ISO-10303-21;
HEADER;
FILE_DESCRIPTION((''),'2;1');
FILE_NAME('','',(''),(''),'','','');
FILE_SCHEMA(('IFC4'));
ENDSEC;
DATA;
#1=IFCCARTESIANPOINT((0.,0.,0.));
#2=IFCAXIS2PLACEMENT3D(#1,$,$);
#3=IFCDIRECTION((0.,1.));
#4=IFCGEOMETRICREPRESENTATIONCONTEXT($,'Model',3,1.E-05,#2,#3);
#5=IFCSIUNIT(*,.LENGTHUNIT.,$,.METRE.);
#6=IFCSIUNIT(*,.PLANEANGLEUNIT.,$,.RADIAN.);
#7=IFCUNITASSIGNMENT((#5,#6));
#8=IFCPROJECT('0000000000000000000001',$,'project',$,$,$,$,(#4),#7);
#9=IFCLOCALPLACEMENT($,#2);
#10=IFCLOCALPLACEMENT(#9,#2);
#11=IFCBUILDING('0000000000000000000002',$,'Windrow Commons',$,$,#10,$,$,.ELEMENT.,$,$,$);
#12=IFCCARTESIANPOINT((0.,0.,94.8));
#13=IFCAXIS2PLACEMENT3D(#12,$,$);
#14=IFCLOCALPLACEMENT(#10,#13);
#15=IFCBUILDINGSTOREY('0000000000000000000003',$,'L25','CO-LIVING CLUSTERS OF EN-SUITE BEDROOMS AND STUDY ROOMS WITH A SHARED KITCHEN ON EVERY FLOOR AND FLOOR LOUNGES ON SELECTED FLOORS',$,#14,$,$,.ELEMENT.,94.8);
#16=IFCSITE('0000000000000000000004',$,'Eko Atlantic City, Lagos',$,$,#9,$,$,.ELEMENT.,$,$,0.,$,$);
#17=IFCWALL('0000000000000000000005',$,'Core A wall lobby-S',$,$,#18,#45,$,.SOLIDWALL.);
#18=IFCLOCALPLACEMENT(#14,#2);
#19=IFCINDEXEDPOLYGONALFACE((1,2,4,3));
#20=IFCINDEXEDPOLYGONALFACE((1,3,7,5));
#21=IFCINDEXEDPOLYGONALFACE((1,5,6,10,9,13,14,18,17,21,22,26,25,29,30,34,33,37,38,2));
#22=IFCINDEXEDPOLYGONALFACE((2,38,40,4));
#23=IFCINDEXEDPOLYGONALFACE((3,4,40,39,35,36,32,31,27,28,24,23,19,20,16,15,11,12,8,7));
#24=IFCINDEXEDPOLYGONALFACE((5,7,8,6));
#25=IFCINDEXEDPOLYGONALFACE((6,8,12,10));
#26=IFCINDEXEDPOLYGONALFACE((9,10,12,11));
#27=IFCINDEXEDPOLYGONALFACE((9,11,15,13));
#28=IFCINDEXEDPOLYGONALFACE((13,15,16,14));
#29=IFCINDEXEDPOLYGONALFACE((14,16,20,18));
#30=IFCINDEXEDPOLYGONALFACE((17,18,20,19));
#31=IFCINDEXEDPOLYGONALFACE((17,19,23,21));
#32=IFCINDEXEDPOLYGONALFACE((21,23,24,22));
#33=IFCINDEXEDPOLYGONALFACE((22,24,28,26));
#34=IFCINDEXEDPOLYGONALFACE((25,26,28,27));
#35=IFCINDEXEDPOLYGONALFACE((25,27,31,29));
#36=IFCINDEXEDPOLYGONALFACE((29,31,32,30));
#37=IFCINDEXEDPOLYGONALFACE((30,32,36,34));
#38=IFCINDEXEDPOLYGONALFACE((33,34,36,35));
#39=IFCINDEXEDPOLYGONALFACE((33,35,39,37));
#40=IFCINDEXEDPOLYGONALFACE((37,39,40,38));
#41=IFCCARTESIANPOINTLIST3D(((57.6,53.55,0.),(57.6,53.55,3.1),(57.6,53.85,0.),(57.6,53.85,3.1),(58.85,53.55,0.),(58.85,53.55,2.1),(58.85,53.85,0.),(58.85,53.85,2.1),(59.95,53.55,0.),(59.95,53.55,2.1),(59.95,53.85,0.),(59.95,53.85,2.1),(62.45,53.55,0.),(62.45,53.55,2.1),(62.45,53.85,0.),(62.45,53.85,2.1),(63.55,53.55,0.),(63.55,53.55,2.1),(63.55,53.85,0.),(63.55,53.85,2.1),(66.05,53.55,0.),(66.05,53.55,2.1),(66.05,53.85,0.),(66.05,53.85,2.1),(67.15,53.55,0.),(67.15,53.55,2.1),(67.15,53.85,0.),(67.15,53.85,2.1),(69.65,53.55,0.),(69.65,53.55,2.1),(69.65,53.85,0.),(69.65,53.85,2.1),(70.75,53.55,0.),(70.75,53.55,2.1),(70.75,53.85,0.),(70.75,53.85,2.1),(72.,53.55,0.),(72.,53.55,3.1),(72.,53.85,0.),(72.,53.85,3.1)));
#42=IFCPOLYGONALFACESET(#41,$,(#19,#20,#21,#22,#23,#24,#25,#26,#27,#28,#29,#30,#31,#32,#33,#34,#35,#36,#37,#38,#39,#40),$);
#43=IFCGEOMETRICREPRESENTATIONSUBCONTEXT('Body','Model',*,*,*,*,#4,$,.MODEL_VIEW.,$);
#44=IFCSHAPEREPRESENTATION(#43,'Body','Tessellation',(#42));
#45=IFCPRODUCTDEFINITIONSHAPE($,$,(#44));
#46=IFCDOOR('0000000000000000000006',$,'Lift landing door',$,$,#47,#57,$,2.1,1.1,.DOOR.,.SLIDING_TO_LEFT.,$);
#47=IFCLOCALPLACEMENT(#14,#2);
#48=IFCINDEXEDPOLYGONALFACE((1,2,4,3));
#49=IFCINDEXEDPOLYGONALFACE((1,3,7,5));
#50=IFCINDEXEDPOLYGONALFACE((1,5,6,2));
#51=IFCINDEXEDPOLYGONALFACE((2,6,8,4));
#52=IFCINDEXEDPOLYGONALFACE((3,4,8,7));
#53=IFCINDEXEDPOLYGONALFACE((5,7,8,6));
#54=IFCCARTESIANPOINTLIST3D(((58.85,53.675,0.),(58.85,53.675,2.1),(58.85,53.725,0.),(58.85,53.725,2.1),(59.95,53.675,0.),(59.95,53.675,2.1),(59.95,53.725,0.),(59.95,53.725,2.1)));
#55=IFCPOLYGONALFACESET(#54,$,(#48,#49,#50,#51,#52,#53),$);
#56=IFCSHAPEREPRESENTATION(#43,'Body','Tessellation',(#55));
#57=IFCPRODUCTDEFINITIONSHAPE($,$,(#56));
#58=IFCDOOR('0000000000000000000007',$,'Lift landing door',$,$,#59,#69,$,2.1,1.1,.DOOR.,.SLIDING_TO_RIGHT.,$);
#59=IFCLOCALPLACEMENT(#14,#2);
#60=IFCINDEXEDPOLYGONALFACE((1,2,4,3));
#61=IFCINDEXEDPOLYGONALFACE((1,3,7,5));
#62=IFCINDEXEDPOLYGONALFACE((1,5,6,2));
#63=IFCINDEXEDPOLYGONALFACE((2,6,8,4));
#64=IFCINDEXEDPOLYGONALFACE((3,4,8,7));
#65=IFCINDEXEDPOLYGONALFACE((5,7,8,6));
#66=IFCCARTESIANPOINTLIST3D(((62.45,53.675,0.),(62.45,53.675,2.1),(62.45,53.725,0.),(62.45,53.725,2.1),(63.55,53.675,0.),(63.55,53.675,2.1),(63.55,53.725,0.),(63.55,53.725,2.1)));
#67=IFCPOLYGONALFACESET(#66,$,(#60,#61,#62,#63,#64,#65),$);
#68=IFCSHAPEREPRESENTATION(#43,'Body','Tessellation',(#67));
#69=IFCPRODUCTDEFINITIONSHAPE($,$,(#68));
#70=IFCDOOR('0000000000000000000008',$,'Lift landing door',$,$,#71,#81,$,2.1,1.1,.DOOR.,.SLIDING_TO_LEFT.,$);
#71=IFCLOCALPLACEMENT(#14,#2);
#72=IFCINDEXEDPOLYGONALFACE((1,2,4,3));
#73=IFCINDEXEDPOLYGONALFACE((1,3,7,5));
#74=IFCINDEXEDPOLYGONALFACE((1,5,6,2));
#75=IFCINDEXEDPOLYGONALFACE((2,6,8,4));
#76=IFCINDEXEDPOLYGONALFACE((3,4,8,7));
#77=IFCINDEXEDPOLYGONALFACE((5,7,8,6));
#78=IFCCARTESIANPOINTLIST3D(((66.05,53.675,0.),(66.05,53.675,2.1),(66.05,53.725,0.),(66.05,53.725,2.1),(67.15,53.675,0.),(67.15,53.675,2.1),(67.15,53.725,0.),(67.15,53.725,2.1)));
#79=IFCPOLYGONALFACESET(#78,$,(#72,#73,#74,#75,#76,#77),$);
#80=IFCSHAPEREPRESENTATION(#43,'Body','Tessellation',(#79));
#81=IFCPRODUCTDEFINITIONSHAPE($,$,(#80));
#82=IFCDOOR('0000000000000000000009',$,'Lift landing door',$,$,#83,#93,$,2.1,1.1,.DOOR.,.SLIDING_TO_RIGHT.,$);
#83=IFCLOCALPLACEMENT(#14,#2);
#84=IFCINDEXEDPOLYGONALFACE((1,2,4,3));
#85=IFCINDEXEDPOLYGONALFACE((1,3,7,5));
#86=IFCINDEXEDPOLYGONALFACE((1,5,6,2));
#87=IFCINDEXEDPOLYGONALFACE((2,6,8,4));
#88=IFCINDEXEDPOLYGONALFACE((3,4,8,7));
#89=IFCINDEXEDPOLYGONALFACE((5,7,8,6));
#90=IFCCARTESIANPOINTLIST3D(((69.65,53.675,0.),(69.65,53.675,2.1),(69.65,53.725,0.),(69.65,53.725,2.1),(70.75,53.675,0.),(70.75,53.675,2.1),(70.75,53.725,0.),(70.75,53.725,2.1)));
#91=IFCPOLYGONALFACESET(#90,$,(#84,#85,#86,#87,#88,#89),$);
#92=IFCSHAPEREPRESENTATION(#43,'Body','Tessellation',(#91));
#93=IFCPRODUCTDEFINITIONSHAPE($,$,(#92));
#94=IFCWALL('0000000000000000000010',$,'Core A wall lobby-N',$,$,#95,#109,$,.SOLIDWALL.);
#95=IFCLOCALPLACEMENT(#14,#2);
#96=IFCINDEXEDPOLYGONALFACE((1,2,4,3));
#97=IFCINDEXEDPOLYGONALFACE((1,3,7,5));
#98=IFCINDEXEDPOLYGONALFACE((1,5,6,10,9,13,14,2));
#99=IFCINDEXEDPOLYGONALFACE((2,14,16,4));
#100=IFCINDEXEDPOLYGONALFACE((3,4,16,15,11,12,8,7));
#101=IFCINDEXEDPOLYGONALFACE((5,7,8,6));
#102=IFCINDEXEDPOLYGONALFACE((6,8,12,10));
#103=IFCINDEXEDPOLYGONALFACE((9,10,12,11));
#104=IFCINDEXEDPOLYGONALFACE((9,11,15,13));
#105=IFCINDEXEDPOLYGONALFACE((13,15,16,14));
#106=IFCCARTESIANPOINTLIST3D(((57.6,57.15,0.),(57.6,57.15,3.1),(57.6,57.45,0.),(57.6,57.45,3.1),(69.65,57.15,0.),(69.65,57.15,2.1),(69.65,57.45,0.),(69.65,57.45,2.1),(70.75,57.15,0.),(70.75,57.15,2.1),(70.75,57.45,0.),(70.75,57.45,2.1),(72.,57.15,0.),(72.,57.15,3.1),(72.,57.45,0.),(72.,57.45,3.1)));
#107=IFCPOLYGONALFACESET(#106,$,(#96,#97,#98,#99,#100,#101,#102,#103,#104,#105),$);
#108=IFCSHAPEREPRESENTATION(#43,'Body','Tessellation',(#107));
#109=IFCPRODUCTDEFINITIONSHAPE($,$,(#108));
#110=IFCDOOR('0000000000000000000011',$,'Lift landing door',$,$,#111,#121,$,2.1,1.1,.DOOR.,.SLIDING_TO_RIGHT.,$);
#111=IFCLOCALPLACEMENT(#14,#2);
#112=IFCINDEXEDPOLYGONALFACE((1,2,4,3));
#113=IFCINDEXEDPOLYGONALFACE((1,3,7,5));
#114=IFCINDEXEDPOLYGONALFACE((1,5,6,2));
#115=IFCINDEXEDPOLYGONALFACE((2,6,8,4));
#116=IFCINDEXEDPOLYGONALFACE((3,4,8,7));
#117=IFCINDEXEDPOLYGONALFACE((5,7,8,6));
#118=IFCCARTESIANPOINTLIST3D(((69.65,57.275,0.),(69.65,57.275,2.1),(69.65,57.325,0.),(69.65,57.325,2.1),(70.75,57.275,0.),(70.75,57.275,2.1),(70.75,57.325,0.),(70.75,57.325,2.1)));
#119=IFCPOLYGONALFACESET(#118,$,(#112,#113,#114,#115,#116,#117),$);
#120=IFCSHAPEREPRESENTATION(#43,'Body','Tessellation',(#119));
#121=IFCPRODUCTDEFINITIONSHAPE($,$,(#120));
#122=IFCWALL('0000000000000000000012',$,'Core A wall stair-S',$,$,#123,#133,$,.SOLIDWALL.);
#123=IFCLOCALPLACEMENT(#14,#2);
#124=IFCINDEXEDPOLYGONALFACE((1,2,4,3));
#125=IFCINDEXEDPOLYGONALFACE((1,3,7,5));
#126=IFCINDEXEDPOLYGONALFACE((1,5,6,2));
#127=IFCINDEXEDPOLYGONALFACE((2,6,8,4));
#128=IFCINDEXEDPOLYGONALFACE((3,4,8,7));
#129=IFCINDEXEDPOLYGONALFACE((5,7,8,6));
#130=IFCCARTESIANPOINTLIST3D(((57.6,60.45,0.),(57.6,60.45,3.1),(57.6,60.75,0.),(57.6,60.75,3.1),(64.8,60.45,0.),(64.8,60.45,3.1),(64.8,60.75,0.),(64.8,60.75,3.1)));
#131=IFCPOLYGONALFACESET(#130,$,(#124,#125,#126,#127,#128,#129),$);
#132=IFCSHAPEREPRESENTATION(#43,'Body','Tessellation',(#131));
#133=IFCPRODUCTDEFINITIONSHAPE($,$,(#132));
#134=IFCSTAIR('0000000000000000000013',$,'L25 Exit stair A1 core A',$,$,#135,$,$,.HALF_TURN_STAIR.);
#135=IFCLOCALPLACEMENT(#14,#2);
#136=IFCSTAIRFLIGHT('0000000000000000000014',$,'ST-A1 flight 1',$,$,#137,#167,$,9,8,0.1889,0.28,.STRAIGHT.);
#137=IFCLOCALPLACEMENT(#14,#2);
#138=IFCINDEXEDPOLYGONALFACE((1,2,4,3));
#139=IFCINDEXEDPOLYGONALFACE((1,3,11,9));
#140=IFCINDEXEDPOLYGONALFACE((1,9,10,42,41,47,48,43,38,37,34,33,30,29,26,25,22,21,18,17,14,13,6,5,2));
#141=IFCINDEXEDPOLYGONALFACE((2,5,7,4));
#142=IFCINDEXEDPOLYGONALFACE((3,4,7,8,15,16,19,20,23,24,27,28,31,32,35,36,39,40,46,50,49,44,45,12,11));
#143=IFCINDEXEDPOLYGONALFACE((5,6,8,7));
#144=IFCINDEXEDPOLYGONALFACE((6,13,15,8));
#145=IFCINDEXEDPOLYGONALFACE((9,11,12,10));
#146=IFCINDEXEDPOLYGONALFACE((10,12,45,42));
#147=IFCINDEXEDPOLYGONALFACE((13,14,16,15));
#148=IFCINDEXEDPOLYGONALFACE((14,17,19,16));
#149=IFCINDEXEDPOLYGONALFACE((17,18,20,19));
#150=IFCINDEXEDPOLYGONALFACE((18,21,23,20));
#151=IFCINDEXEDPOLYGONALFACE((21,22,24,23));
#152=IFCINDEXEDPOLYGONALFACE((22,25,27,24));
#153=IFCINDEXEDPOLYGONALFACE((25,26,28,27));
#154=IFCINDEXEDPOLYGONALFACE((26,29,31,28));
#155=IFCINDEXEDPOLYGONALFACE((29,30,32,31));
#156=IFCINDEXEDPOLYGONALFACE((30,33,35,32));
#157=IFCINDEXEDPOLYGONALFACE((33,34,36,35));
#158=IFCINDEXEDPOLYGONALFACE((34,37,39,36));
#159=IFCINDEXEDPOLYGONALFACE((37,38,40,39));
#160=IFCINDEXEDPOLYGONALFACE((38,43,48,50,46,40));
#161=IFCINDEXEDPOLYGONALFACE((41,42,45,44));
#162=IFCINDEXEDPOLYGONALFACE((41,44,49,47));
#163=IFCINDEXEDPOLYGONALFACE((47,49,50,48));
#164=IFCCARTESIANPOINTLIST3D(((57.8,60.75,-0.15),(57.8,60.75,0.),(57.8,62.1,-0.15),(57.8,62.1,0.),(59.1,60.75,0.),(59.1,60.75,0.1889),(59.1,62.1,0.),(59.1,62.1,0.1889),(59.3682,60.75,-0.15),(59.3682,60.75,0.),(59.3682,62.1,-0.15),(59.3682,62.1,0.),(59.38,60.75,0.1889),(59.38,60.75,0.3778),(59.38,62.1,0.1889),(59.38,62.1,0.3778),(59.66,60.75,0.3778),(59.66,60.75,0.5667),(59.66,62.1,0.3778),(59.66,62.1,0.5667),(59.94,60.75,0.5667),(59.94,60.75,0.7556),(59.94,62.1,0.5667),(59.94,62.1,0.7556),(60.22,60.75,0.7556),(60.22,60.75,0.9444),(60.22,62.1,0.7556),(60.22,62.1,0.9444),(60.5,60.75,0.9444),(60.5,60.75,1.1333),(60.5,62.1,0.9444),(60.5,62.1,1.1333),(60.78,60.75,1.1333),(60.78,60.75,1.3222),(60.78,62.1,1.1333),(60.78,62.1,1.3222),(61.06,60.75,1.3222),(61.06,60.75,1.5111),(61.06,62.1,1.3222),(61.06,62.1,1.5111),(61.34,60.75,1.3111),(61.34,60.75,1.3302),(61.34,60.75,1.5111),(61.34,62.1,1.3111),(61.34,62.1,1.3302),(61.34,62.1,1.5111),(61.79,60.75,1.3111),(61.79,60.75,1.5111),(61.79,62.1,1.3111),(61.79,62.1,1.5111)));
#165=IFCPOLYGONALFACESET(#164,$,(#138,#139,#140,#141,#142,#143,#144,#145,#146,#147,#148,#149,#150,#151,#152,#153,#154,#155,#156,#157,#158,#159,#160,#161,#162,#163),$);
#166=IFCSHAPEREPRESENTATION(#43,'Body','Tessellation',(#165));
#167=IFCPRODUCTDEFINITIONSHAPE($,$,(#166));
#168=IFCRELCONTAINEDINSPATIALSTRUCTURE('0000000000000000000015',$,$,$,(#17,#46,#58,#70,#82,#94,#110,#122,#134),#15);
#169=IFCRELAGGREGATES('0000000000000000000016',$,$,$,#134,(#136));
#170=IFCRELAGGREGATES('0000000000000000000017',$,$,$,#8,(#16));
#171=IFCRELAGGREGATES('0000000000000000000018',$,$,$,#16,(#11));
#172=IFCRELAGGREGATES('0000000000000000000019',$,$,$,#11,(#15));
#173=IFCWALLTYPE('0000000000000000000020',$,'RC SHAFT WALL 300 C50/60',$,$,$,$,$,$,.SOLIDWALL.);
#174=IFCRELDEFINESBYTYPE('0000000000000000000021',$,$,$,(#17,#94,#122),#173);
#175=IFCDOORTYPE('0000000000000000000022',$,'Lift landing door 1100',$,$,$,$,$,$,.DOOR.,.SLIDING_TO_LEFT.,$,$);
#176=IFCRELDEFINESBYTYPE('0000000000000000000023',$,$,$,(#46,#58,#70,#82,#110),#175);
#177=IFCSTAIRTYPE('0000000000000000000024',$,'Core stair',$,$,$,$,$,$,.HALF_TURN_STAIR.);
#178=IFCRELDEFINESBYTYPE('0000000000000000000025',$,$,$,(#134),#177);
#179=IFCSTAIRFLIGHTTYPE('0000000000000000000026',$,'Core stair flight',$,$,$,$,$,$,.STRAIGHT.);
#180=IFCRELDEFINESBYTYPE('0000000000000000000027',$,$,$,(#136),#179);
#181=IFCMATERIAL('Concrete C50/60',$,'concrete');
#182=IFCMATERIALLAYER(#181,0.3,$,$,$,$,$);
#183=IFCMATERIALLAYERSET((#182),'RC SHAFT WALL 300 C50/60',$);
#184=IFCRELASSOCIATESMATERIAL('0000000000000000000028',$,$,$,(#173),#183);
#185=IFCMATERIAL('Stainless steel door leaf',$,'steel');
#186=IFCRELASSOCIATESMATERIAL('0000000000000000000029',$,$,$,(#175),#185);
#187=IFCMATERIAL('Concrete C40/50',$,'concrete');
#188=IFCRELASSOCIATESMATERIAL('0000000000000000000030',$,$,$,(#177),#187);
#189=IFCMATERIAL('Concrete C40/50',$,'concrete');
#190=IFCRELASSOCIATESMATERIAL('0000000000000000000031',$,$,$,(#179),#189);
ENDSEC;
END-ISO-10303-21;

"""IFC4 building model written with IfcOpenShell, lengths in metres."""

from ifc_helpers import new_model, si_unit, direction, frame, frame_2d, origin, place, context, subcontext, project, spatial, polyline, rectangle, outline, extrude, material, layer, layer_set, type_object, element, fill, aggregate, save


model = new_model("IFC4")

# Units and contexts
model_context = context("Model", 3, precision=1e-05, world=origin(), true_north=direction((0.0, 1.0)))
body_context = subcontext(model_context, "Body", "Model", "MODEL_VIEW")
ifc_project = project(units=[si_unit("LENGTHUNIT", "METRE"), si_unit("PLANEANGLEUNIT", "RADIAN")], contexts=[model_context])

# Site, building, storey
site_placement = place(None, origin())
site = spatial("IfcSite", under=ifc_project, at=site_placement, Name="Eko Atlantic City, Lagos", CompositionType="ELEMENT", RefElevation=0.0)
building_placement = place(site_placement, origin())
building = spatial("IfcBuilding", under=site, at=building_placement, Name="Windrow Commons", CompositionType="ELEMENT")
storey_placement = place(building_placement, frame((0.0, 0.0, 94.8)))
storey = spatial("IfcBuildingStorey", under=building, at=storey_placement, Name="L25", Description="CO-LIVING CLUSTERS OF EN-SUITE BEDROOMS AND STUDY ROOMS WITH A SHARED KITCHEN ON EVERY FLOOR AND FLOOR LOUNGES ON SELECTED FLOORS", CompositionType="ELEMENT", Elevation=94.8)

# Wall, openings, doors
ifc_material_1 = material(Name="Concrete C50/60", Category="concrete")
ifc_layer_1 = layer(ifc_material_1, 0.3)
ifc_layer_set_1 = layer_set([ifc_layer_1], Name="RC SHAFT WALL 300 C50/60")
wall_type_1 = type_object("IfcWallType", Name="RC SHAFT WALL 300 C50/60", PredefinedType="SOLIDWALL", material=ifc_layer_set_1)
wall_1_placement = place(storey_placement, frame((57.6, 53.7, 0.0), z_axis=(0.0, 0.0, 1.0), x_axis=(1.0, 0.0, 0.0)))
wall_1 = element("IfcWall", 1, at=wall_1_placement, inside=storey, type_object=wall_type_1, Name="Core A wall lobby-S", PredefinedType="SOLIDWALL", context=body_context, shape_type="SweptSolid", body=[
    extrude(rectangle(XDim=14.4, YDim=0.3, at=frame_2d((7.2, 0.0))), origin(), (0.0, 0.0, 1.0), 3.1),
])
opening_1_placement = place(wall_1_placement, frame((1.25, 0.0, 0.0)))
opening_1 = element("IfcOpeningElement", 2, at=opening_1_placement, cuts=wall_1, PredefinedType="OPENING", context=body_context, shape_type="SweptSolid", body=[
    extrude(rectangle(XDim=1.1, YDim=2.1, at=frame_2d((0.55, 1.05))), frame((0.0, 0.16, 0.0), z_axis=(0.0, -1.0, 0.0), x_axis=(1.0, 0.0, 0.0)), (0.0, 0.0, 1.0), 0.32),
])
opening_2_placement = place(wall_1_placement, frame((4.85, 0.0, 0.0)))
opening_2 = element("IfcOpeningElement", 3, at=opening_2_placement, cuts=wall_1, PredefinedType="OPENING", context=body_context, shape_type="SweptSolid", body=[
    extrude(rectangle(XDim=1.1, YDim=2.1, at=frame_2d((0.55, 1.05))), frame((0.0, 0.16, 0.0), z_axis=(0.0, -1.0, 0.0), x_axis=(1.0, 0.0, 0.0)), (0.0, 0.0, 1.0), 0.32),
])
opening_3_placement = place(wall_1_placement, frame((8.45, 0.0, 0.0)))
opening_3 = element("IfcOpeningElement", 4, at=opening_3_placement, cuts=wall_1, PredefinedType="OPENING", context=body_context, shape_type="SweptSolid", body=[
    extrude(rectangle(XDim=1.1, YDim=2.1, at=frame_2d((0.55, 1.05))), frame((0.0, 0.16, 0.0), z_axis=(0.0, -1.0, 0.0), x_axis=(1.0, 0.0, 0.0)), (0.0, 0.0, 1.0), 0.32),
])
opening_4_placement = place(wall_1_placement, frame((12.05, 0.0, 0.0)))
opening_4 = element("IfcOpeningElement", 5, at=opening_4_placement, cuts=wall_1, PredefinedType="OPENING", context=body_context, shape_type="SweptSolid", body=[
    extrude(rectangle(XDim=1.1, YDim=2.1, at=frame_2d((0.55, 1.05))), frame((0.0, 0.16, 0.0), z_axis=(0.0, -1.0, 0.0), x_axis=(1.0, 0.0, 0.0)), (0.0, 0.0, 1.0), 0.32),
])
ifc_material_2 = material(Name="Stainless steel door leaf", Category="steel")
door_type_1 = type_object("IfcDoorType", Name="Lift landing door 1100", OperationType="SLIDING_TO_LEFT", PredefinedType="DOOR", material=ifc_material_2)
door_1_placement = place(opening_1_placement, origin())
door_1 = element("IfcDoor", 6, at=door_1_placement, inside=storey, type_object=door_type_1, Name="Lift landing door", OperationType="SLIDING_TO_LEFT", OverallHeight=2.1, OverallWidth=1.1, PredefinedType="DOOR", context=body_context, shape_type="SweptSolid", body=[
    extrude(rectangle(XDim=1.1, YDim=2.1, at=frame_2d((0.55, 1.05))), frame((0.0, 0.025, 0.0), z_axis=(0.0, -1.0, 0.0), x_axis=(1.0, 0.0, 0.0)), (0.0, 0.0, 1.0), 0.05),
])
fill(opening_1, door_1)
door_2_placement = place(opening_2_placement, origin())
door_2 = element("IfcDoor", 7, at=door_2_placement, inside=storey, type_object=door_type_1, Name="Lift landing door", OperationType="SLIDING_TO_RIGHT", OverallHeight=2.1, OverallWidth=1.1, PredefinedType="DOOR", context=body_context, shape_type="SweptSolid", body=[
    extrude(rectangle(XDim=1.1, YDim=2.1, at=frame_2d((0.55, 1.05))), frame((0.0, 0.025, 0.0), z_axis=(0.0, -1.0, 0.0), x_axis=(1.0, 0.0, 0.0)), (0.0, 0.0, 1.0), 0.05),
])
fill(opening_2, door_2)
door_3_placement = place(opening_3_placement, origin())
door_3 = element("IfcDoor", 8, at=door_3_placement, inside=storey, type_object=door_type_1, Name="Lift landing door", OperationType="SLIDING_TO_LEFT", OverallHeight=2.1, OverallWidth=1.1, PredefinedType="DOOR", context=body_context, shape_type="SweptSolid", body=[
    extrude(rectangle(XDim=1.1, YDim=2.1, at=frame_2d((0.55, 1.05))), frame((0.0, 0.025, 0.0), z_axis=(0.0, -1.0, 0.0), x_axis=(1.0, 0.0, 0.0)), (0.0, 0.0, 1.0), 0.05),
])
fill(opening_3, door_3)
door_4_placement = place(opening_4_placement, origin())
door_4 = element("IfcDoor", 9, at=door_4_placement, inside=storey, type_object=door_type_1, Name="Lift landing door", OperationType="SLIDING_TO_RIGHT", OverallHeight=2.1, OverallWidth=1.1, PredefinedType="DOOR", context=body_context, shape_type="SweptSolid", body=[
    extrude(rectangle(XDim=1.1, YDim=2.1, at=frame_2d((0.55, 1.05))), frame((0.0, 0.025, 0.0), z_axis=(0.0, -1.0, 0.0), x_axis=(1.0, 0.0, 0.0)), (0.0, 0.0, 1.0), 0.05),
])
fill(opening_4, door_4)

# Wall, opening, door
wall_2_placement = place(storey_placement, frame((57.6, 57.3, 0.0), z_axis=(0.0, 0.0, 1.0), x_axis=(1.0, 0.0, 0.0)))
wall_2 = element("IfcWall", 10, at=wall_2_placement, inside=storey, type_object=wall_type_1, Name="Core A wall lobby-N", PredefinedType="SOLIDWALL", context=body_context, shape_type="SweptSolid", body=[
    extrude(rectangle(XDim=14.4, YDim=0.3, at=frame_2d((7.2, 0.0))), origin(), (0.0, 0.0, 1.0), 3.1),
])
opening_5_placement = place(wall_2_placement, frame((12.05, 0.0, 0.0)))
opening_5 = element("IfcOpeningElement", 11, at=opening_5_placement, cuts=wall_2, PredefinedType="OPENING", context=body_context, shape_type="SweptSolid", body=[
    extrude(rectangle(XDim=1.1, YDim=2.1, at=frame_2d((0.55, 1.05))), frame((0.0, 0.16, 0.0), z_axis=(0.0, -1.0, 0.0), x_axis=(1.0, 0.0, 0.0)), (0.0, 0.0, 1.0), 0.32),
])
door_5_placement = place(opening_5_placement, origin())
door_5 = element("IfcDoor", 12, at=door_5_placement, inside=storey, type_object=door_type_1, Name="Lift landing door", OperationType="SLIDING_TO_RIGHT", OverallHeight=2.1, OverallWidth=1.1, PredefinedType="DOOR", context=body_context, shape_type="SweptSolid", body=[
    extrude(rectangle(XDim=1.1, YDim=2.1, at=frame_2d((0.55, 1.05))), frame((0.0, 0.025, 0.0), z_axis=(0.0, -1.0, 0.0), x_axis=(1.0, 0.0, 0.0)), (0.0, 0.0, 1.0), 0.05),
])
fill(opening_5, door_5)

# Wall
wall_3_placement = place(storey_placement, frame((57.6, 60.6, 0.0), z_axis=(0.0, 0.0, 1.0), x_axis=(1.0, 0.0, 0.0)))
element("IfcWall", 13, at=wall_3_placement, inside=storey, type_object=wall_type_1, Name="Core A wall stair-S", PredefinedType="SOLIDWALL", context=body_context, shape_type="SweptSolid", body=[
    extrude(rectangle(XDim=7.2, YDim=0.3, at=frame_2d((3.6, 0.0))), origin(), (0.0, 0.0, 1.0), 3.1),
])

# Stair, stair flight
ifc_material_3 = material(Name="Concrete C40/50", Category="concrete")
stair_type = type_object("IfcStairType", Name="Core stair", PredefinedType="HALF_TURN_STAIR", material=ifc_material_3)
stair_placement = place(storey_placement, origin())
stair = element("IfcStair", 14, at=stair_placement, inside=storey, type_object=stair_type, Name="L25 Exit stair A1 core A", PredefinedType="HALF_TURN_STAIR")
ifc_material_4 = material(Name="Concrete C40/50", Category="concrete")
stair_flight_type = type_object("IfcStairFlightType", Name="Core stair flight", PredefinedType="STRAIGHT", material=ifc_material_4)
stair_flight_placement = place(storey_placement, frame((59.1, 61.425, 0.0), z_axis=(0.0, 0.0, 1.0), x_axis=(1.0, 0.0, 0.0)))
stair_flight = element("IfcStairFlight", 15, at=stair_flight_placement, type_object=stair_flight_type, Name="ST-A1 flight 1", NumberOfRisers=9, NumberOfTreads=8, PredefinedType="STRAIGHT", RiserHeight=0.1889, TreadLength=0.28, context=body_context, shape_type="SweptSolid", body=[
    extrude(outline(polyline([(-1.3, -0.15), (-1.3, 0.0), (0.0, 0.0), (0.0, 0.1889), (0.28, 0.1889), (0.28, 0.3778), (0.56, 0.3778), (0.56, 0.5667), (0.84, 0.5667), (0.84, 0.7556), (1.12, 0.7556), (1.12, 0.9444), (1.4, 0.9444), (1.4, 1.1333), (1.68, 1.1333), (1.68, 1.3222), (1.96, 1.3222), (1.96, 1.5111), (2.24, 1.5111), (2.69, 1.5111), (2.69, 1.3111), (2.24, 1.3111), (2.24, 1.3302), (0.2682, 0.0), (0.2682, -0.15), (-1.3, -0.15)])), frame((0.0, 0.675, 0.0), z_axis=(0.0, -1.0, 0.0), x_axis=(1.0, 0.0, 0.0)), (0.0, 0.0, 1.0), 1.35),
])
aggregate(stair, [stair_flight])

save(model, "model.ifc")
